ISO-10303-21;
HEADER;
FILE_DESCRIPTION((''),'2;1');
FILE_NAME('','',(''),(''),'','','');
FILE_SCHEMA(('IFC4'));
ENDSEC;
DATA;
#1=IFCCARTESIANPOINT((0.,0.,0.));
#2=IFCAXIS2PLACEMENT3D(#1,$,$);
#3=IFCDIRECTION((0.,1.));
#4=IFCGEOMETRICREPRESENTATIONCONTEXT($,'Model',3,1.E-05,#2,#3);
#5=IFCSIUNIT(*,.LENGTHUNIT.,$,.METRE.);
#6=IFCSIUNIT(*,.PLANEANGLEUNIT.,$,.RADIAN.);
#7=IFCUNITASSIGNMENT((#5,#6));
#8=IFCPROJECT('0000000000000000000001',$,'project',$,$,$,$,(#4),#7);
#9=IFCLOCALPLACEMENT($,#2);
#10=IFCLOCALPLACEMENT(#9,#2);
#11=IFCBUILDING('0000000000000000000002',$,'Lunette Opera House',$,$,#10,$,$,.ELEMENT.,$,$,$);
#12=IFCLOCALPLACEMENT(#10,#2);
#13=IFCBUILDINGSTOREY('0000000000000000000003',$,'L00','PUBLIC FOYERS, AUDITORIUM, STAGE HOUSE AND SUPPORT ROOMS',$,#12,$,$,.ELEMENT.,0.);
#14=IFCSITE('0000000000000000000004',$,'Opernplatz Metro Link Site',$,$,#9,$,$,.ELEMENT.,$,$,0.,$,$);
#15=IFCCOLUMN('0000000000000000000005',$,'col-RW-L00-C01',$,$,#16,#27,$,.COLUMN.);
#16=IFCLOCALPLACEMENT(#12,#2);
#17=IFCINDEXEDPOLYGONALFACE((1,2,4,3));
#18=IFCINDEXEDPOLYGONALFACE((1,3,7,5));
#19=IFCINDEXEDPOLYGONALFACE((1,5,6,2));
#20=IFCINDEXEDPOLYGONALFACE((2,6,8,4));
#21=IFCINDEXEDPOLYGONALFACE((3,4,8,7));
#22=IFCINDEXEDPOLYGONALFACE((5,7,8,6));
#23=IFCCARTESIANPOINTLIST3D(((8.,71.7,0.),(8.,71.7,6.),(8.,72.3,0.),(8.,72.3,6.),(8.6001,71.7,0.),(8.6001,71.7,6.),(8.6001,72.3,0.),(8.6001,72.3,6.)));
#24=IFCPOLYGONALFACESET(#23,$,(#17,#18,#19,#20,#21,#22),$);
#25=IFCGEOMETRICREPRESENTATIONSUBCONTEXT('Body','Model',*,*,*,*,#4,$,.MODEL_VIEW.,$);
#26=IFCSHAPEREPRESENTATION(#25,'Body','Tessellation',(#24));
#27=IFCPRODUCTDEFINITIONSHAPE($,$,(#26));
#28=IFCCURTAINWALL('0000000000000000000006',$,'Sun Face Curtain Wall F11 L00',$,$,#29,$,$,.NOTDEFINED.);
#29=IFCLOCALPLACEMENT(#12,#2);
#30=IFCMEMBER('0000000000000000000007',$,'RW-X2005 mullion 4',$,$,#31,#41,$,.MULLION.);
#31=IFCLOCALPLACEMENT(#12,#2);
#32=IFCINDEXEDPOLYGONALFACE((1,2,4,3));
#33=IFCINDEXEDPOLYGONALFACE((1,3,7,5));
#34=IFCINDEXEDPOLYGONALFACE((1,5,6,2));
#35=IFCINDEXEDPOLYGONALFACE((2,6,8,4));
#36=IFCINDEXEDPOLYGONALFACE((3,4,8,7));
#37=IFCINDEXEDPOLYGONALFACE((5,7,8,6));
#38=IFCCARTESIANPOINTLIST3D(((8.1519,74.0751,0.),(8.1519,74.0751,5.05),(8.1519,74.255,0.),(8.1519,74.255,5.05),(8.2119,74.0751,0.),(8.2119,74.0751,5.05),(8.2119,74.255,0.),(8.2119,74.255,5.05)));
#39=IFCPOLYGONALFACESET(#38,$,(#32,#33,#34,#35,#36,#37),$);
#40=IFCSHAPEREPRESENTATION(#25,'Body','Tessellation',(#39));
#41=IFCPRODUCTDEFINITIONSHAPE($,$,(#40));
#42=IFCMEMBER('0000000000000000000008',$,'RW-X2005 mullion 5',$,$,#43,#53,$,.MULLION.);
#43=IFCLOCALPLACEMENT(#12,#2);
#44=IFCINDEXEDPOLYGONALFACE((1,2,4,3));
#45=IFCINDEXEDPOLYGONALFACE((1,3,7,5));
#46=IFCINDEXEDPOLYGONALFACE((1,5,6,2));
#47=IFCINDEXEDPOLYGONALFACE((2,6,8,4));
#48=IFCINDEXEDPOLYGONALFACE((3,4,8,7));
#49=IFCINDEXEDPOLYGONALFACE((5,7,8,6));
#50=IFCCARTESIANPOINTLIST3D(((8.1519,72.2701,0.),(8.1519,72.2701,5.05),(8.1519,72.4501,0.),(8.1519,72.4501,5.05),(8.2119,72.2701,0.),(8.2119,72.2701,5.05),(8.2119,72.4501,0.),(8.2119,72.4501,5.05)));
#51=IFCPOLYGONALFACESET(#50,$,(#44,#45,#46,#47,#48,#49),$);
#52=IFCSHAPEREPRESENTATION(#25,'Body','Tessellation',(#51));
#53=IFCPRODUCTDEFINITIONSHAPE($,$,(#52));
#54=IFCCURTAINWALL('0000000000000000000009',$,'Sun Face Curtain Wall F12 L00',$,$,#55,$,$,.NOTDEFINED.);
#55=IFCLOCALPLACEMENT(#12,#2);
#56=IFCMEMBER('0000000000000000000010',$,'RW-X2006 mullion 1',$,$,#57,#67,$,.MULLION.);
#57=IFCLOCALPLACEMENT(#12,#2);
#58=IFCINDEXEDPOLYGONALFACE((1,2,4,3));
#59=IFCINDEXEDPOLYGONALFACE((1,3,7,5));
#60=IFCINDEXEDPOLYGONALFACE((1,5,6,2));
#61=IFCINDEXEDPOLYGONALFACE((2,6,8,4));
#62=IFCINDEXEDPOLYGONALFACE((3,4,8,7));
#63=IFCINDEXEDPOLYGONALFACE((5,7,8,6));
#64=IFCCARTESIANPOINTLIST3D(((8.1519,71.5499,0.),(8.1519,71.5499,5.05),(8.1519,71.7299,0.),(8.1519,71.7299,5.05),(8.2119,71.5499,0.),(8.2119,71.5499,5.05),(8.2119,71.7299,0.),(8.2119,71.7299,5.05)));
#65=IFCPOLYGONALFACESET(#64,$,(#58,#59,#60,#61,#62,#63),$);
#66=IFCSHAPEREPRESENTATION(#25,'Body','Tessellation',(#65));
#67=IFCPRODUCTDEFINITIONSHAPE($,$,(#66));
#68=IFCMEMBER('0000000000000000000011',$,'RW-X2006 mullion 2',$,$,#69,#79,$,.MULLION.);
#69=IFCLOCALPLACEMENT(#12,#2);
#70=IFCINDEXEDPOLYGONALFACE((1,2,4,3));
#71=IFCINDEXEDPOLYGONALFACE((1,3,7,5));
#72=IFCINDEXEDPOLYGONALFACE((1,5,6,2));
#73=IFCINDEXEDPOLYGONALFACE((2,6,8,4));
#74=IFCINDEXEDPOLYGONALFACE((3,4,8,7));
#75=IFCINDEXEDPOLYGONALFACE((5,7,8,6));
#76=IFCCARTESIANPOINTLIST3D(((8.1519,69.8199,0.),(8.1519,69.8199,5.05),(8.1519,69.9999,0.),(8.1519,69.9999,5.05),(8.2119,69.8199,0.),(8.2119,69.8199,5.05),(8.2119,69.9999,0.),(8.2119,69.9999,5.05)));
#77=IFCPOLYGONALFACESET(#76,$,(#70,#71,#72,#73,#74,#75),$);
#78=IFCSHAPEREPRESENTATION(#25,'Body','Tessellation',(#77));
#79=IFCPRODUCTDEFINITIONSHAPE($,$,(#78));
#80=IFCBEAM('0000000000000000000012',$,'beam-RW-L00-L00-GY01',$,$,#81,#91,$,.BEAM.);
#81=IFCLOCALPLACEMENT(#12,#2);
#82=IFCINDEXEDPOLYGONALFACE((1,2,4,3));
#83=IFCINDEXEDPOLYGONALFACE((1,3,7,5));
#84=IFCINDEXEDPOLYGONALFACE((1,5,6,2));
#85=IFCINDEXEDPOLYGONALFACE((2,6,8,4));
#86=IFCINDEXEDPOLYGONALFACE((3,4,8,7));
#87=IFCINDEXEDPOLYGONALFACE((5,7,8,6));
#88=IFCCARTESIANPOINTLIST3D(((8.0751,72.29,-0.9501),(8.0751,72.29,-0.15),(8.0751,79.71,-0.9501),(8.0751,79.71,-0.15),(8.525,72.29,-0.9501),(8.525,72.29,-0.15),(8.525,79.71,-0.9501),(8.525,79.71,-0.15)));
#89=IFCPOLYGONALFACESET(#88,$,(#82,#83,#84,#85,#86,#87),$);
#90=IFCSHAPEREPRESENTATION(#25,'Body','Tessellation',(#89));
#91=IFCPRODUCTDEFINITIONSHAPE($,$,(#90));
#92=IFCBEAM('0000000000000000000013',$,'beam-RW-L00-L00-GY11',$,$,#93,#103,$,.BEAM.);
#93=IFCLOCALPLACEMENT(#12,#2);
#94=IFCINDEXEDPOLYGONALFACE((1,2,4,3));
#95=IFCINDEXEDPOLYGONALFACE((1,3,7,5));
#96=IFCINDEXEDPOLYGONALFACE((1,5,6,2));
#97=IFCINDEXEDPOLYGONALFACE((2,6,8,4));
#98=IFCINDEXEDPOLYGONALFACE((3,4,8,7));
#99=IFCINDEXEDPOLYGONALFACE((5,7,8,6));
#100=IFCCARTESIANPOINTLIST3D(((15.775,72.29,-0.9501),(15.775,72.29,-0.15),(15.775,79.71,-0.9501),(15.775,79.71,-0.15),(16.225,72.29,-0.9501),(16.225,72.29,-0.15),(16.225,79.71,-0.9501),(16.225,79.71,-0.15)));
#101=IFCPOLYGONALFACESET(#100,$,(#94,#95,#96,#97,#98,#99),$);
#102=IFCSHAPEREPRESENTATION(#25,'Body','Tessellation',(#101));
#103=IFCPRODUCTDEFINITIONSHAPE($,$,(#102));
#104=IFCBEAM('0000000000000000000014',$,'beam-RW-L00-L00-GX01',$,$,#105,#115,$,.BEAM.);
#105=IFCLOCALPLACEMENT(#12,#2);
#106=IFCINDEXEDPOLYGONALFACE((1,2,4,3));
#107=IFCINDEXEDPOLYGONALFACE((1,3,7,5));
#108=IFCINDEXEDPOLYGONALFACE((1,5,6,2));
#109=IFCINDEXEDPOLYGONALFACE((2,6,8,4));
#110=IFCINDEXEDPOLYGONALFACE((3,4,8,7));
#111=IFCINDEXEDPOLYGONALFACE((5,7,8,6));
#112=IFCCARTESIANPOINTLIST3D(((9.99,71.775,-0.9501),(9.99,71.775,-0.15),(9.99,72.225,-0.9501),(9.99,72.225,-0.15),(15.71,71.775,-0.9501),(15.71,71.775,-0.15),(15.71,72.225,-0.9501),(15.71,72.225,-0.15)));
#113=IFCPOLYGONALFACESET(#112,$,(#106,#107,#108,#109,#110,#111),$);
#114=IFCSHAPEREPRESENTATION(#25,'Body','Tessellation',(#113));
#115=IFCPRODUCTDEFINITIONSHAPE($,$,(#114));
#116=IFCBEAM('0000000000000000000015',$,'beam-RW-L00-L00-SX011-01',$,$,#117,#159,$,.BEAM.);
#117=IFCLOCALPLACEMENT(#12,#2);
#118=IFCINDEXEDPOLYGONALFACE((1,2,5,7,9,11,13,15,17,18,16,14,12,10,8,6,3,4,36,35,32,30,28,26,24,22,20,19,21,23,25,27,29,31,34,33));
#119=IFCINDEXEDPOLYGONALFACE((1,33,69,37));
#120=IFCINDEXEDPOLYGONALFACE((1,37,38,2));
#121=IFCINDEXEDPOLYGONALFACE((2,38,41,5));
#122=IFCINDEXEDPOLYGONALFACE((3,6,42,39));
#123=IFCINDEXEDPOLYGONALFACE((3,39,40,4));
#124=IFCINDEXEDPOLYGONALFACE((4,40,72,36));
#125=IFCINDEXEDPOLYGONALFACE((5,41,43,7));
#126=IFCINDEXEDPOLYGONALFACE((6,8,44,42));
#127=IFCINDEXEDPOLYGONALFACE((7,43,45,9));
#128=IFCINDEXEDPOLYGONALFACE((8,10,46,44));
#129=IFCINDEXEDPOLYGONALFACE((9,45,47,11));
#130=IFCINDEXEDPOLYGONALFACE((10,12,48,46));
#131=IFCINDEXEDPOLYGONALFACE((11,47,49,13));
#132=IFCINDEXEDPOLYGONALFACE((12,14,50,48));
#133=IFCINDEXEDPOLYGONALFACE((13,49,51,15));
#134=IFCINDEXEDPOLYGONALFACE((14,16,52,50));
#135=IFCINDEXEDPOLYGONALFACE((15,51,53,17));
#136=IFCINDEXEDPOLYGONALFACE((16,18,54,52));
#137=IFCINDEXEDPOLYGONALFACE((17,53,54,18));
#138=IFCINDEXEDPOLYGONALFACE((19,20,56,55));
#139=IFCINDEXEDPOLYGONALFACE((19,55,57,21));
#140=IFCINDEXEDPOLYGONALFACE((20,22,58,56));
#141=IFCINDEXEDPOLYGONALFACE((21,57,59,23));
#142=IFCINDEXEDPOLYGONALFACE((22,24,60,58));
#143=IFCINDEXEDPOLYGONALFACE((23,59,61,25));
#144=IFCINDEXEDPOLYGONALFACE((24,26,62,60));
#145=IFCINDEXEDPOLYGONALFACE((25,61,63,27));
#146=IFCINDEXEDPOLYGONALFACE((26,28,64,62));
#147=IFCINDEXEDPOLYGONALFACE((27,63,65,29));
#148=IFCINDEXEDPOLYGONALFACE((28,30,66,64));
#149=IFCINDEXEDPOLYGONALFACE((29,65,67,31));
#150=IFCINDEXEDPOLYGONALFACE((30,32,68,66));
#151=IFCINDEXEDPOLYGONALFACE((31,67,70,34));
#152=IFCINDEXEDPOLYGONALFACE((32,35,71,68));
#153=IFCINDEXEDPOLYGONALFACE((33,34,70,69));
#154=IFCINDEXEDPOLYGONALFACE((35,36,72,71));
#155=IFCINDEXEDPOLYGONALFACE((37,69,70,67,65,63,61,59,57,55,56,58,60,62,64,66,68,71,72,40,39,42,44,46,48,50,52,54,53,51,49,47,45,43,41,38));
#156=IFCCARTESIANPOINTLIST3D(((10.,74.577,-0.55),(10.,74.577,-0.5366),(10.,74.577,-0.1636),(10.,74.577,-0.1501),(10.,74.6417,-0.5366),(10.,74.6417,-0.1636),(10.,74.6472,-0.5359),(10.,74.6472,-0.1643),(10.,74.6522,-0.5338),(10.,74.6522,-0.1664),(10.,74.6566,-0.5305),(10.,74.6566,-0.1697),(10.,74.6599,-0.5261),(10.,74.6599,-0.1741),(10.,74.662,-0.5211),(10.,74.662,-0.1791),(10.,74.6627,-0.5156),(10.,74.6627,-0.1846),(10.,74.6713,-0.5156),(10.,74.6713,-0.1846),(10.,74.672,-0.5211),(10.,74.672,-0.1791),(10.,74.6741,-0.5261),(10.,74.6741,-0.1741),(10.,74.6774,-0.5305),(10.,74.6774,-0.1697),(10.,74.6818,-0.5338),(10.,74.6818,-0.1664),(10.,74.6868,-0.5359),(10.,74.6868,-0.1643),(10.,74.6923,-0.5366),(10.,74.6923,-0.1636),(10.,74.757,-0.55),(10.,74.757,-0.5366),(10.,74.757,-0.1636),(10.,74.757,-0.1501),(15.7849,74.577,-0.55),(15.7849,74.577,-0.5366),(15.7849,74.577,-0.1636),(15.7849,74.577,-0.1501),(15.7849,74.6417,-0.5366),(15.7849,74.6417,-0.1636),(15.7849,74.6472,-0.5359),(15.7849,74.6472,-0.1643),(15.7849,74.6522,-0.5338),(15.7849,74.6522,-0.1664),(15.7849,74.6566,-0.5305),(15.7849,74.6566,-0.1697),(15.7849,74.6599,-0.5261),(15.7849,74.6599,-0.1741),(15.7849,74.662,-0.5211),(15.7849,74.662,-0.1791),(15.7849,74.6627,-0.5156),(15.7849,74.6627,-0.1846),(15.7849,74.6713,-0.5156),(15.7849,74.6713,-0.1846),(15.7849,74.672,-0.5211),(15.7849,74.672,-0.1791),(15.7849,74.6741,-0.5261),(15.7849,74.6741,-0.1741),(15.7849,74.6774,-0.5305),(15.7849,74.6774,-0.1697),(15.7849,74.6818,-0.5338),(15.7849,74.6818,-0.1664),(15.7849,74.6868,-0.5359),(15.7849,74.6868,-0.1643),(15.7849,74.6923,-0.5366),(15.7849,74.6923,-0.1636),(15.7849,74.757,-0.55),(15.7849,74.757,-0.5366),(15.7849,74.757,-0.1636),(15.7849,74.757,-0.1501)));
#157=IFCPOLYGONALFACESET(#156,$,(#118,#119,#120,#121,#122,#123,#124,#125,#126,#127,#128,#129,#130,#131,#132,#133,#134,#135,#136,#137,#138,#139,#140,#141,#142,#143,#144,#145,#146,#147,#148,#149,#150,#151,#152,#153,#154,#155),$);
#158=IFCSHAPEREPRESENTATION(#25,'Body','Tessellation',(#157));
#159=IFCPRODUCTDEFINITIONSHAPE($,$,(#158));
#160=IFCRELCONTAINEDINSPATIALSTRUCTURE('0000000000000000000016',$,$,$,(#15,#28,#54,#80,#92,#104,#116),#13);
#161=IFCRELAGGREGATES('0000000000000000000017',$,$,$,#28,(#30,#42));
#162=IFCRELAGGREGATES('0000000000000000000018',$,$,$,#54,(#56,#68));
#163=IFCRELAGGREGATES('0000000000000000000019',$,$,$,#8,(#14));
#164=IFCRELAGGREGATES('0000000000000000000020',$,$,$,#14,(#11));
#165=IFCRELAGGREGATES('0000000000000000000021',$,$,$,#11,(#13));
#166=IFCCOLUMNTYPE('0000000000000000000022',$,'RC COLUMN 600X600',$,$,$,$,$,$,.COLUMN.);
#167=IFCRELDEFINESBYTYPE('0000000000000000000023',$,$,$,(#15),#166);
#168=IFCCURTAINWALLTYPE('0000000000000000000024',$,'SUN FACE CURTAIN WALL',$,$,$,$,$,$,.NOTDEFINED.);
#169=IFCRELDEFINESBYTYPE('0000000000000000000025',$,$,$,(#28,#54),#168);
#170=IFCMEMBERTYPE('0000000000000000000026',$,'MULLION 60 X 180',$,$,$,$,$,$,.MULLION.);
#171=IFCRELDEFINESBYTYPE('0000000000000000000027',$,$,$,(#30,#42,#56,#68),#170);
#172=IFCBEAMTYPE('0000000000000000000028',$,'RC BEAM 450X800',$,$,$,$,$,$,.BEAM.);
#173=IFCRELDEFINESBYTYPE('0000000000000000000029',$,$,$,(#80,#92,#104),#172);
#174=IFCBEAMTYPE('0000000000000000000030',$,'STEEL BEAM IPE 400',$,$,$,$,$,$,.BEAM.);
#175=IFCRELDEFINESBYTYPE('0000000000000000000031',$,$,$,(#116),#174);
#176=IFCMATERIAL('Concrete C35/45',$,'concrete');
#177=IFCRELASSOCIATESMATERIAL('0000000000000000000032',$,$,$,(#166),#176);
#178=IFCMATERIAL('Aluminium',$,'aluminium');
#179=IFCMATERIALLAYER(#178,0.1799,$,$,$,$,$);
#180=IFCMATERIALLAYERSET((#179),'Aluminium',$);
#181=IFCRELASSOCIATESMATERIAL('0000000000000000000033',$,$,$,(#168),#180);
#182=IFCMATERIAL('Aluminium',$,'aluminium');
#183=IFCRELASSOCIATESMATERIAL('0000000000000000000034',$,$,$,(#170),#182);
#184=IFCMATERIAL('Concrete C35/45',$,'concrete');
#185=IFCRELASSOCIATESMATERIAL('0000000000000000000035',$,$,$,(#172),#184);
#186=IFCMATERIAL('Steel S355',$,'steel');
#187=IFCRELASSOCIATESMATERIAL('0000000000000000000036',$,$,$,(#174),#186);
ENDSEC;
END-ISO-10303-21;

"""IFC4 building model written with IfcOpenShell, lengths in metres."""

from ifc_helpers import new_model, si_unit, direction, frame, origin, origin_2d, place, context, subcontext, project, spatial, rectangle, i_section, extrude, material, layer, layer_set, material_profile, profile_set, type_object, element, aggregate, save


model = new_model("IFC4")

# Units and contexts
model_context = context("Model", 3, precision=1e-05, world=origin(), true_north=direction((0.0, 1.0)))
body_context = subcontext(model_context, "Body", "Model", "MODEL_VIEW")
ifc_project = project(units=[si_unit("LENGTHUNIT", "METRE"), si_unit("PLANEANGLEUNIT", "RADIAN")], contexts=[model_context])

# Site, building, storey
site_placement = place(None, origin())
site = spatial("IfcSite", under=ifc_project, at=site_placement, Name="Opernplatz Metro Link Site", CompositionType="ELEMENT", RefElevation=0.0)
building_placement = place(site_placement, origin())
building = spatial("IfcBuilding", under=site, at=building_placement, Name="Lunette Opera House", CompositionType="ELEMENT")
storey_placement = place(building_placement, origin())
storey = spatial("IfcBuildingStorey", under=building, at=storey_placement, Name="L00", Description="PUBLIC FOYERS, AUDITORIUM, STAGE HOUSE AND SUPPORT ROOMS", CompositionType="ELEMENT", Elevation=0.0)

# Column
ifc_material_1 = material(Name="Concrete C35/45", Category="concrete")
ifc_material_profile_1 = material_profile(ifc_material_1, rectangle(XDim=0.6001, YDim=0.6001, at=origin_2d()), Name="RC COLUMN 600X600")
ifc_profile_set_1 = profile_set([ifc_material_profile_1], Name="Concrete C35/45")
column_type = type_object("IfcColumnType", Name="RC COLUMN 600X600", PredefinedType="COLUMN", material=ifc_profile_set_1)
column_placement = place(storey_placement, frame((8.3, 72.0, 0.0), z_axis=(0.0, 0.0, 1.0), x_axis=(1.0, 0.0, 0.0)))
element("IfcColumn", 1, at=column_placement, inside=storey, type_object=column_type, Name="col-RW-L00-C01", PredefinedType="COLUMN", context=body_context, shape_type="SweptSolid", body=[
    extrude(rectangle(XDim=0.6001, YDim=0.6001, at=origin_2d()), origin(), (0.0, 0.0, 1.0), 6.0),
])

# Curtain walls, members
ifc_material_2 = material(Name="Aluminium", Category="aluminium")
ifc_layer_1 = layer(ifc_material_2, 0.1799)
ifc_layer_set_1 = layer_set([ifc_layer_1], Name="Aluminium")
curtain_wall_type = type_object("IfcCurtainWallType", Name="SUN FACE CURTAIN WALL", PredefinedType="NOTDEFINED", material=ifc_layer_set_1)
curtain_wall_1_placement = place(storey_placement, origin())
curtain_wall_1 = element("IfcCurtainWall", 2, at=curtain_wall_1_placement, inside=storey, type_object=curtain_wall_type, Name="Sun Face Curtain Wall F11 L00", PredefinedType="NOTDEFINED")
ifc_material_3 = material(Name="Aluminium", Category="aluminium")
ifc_material_profile_2 = material_profile(ifc_material_3, rectangle(XDim=0.0601, YDim=0.1799, at=origin_2d()), Name="MULLION 60 X 180")
ifc_profile_set_2 = profile_set([ifc_material_profile_2], Name="Aluminium")
member_type_1 = type_object("IfcMemberType", Name="MULLION 60 X 180", PredefinedType="MULLION", material=ifc_profile_set_2)
member_1_placement = place(storey_placement, frame((8.1819, 74.165, 0.0), z_axis=(0.0, 0.0, 1.0), x_axis=(1.0, 0.0, 0.0)))
member_1 = element("IfcMember", 3, at=member_1_placement, type_object=member_type_1, Name="RW-X2005 mullion 4", PredefinedType="MULLION", context=body_context, shape_type="SweptSolid", body=[
    extrude(rectangle(XDim=0.0601, YDim=0.1799, at=origin_2d()), origin(), (0.0, 0.0, 1.0), 5.05),
])
member_2_placement = place(storey_placement, frame((8.1819, 72.3601, 0.0), z_axis=(0.0, 0.0, 1.0), x_axis=(1.0, 0.0, 0.0)))
member_2 = element("IfcMember", 4, at=member_2_placement, type_object=member_type_1, Name="RW-X2005 mullion 5", PredefinedType="MULLION", context=body_context, shape_type="SweptSolid", body=[
    extrude(rectangle(XDim=0.0601, YDim=0.1799, at=origin_2d()), origin(), (0.0, 0.0, 1.0), 5.05),
])
curtain_wall_2_placement = place(storey_placement, origin())
curtain_wall_2 = element("IfcCurtainWall", 5, at=curtain_wall_2_placement, inside=storey, type_object=curtain_wall_type, Name="Sun Face Curtain Wall F12 L00", PredefinedType="NOTDEFINED")
member_3_placement = place(storey_placement, frame((8.1819, 71.6399, 0.0), z_axis=(0.0, 0.0, 1.0), x_axis=(1.0, 0.0, 0.0)))
member_3 = element("IfcMember", 6, at=member_3_placement, type_object=member_type_1, Name="RW-X2006 mullion 1", PredefinedType="MULLION", context=body_context, shape_type="SweptSolid", body=[
    extrude(rectangle(XDim=0.0601, YDim=0.1799, at=origin_2d()), origin(), (0.0, 0.0, 1.0), 5.05),
])
member_4_placement = place(storey_placement, frame((8.1819, 69.9099, 0.0), z_axis=(0.0, 0.0, 1.0), x_axis=(1.0, 0.0, 0.0)))
member_4 = element("IfcMember", 7, at=member_4_placement, type_object=member_type_1, Name="RW-X2006 mullion 2", PredefinedType="MULLION", context=body_context, shape_type="SweptSolid", body=[
    extrude(rectangle(XDim=0.0601, YDim=0.1799, at=origin_2d()), origin(), (0.0, 0.0, 1.0), 5.05),
])

# Beams
ifc_material_4 = material(Name="Concrete C35/45", Category="concrete")
ifc_material_profile_3 = material_profile(ifc_material_4, rectangle(XDim=0.45, YDim=0.8, at=origin_2d()), Name="RC BEAM 450X800")
ifc_profile_set_3 = profile_set([ifc_material_profile_3], Name="Concrete C35/45")
beam_type_1 = type_object("IfcBeamType", Name="RC BEAM 450X800", PredefinedType="BEAM", material=ifc_profile_set_3)
for number, where, z_axis, x_axis, name in (
    (8, (8.3, 72.29, -0.55), (0.0, 1.0, 0.0), (-1.0, 0.0, 0.0), "beam-RW-L00-L00-GY01"),
    (9, (16.0, 72.29, -0.55), (0.0, 1.0, 0.0), (-1.0, 0.0, 0.0), "beam-RW-L00-L00-GY11"),
):
    element("IfcBeam", number, at=place(storey_placement, frame(where, z_axis=z_axis, x_axis=x_axis)), inside=storey, type_object=beam_type_1, Name=name, PredefinedType="BEAM", context=body_context, shape_type="SweptSolid", body=[
        extrude(rectangle(XDim=0.45, YDim=0.8, at=origin_2d()), origin(), (0.0, 0.0, 1.0), 7.4199),
    ])
beam_1_placement = place(storey_placement, frame((9.99, 72.0, -0.55), z_axis=(1.0, 0.0, 0.0), x_axis=(0.0, 1.0, 0.0)))
element("IfcBeam", 10, at=beam_1_placement, inside=storey, type_object=beam_type_1, Name="beam-RW-L00-L00-GX01", PredefinedType="BEAM", context=body_context, shape_type="SweptSolid", body=[
    extrude(rectangle(XDim=0.45, YDim=0.8, at=origin_2d()), origin(), (0.0, 0.0, 1.0), 5.72),
])
ifc_material_5 = material(Name="Steel S355", Category="steel")
ifc_material_profile_4 = material_profile(ifc_material_5, i_section(OverallWidth=0.1799, OverallDepth=0.3999, WebThickness=0.0085, FlangeThickness=0.0134, FilletRadius=0.021, at=origin_2d()), Name="IPE 400")
ifc_profile_set_4 = profile_set([ifc_material_profile_4], Name="Steel S355")
beam_type_2 = type_object("IfcBeamType", Name="STEEL BEAM IPE 400", PredefinedType="BEAM", material=ifc_profile_set_4)
beam_2_placement = place(storey_placement, frame((10.0, 74.667, -0.3501), z_axis=(1.0, 0.0, 0.0), x_axis=(0.0, 1.0, 0.0)))
element("IfcBeam", 11, at=beam_2_placement, inside=storey, type_object=beam_type_2, Name="beam-RW-L00-L00-SX011-01", PredefinedType="BEAM", context=body_context, shape_type="SweptSolid", body=[
    extrude(i_section(OverallWidth=0.1799, OverallDepth=0.3999, WebThickness=0.0085, FlangeThickness=0.0134, FilletRadius=0.021, at=origin_2d()), origin(), (0.0, 0.0, 1.0), 5.7849),
])

aggregate(curtain_wall_1, [member_1, member_2])
aggregate(curtain_wall_2, [member_3, member_4])

save(model, "model.ifc")
